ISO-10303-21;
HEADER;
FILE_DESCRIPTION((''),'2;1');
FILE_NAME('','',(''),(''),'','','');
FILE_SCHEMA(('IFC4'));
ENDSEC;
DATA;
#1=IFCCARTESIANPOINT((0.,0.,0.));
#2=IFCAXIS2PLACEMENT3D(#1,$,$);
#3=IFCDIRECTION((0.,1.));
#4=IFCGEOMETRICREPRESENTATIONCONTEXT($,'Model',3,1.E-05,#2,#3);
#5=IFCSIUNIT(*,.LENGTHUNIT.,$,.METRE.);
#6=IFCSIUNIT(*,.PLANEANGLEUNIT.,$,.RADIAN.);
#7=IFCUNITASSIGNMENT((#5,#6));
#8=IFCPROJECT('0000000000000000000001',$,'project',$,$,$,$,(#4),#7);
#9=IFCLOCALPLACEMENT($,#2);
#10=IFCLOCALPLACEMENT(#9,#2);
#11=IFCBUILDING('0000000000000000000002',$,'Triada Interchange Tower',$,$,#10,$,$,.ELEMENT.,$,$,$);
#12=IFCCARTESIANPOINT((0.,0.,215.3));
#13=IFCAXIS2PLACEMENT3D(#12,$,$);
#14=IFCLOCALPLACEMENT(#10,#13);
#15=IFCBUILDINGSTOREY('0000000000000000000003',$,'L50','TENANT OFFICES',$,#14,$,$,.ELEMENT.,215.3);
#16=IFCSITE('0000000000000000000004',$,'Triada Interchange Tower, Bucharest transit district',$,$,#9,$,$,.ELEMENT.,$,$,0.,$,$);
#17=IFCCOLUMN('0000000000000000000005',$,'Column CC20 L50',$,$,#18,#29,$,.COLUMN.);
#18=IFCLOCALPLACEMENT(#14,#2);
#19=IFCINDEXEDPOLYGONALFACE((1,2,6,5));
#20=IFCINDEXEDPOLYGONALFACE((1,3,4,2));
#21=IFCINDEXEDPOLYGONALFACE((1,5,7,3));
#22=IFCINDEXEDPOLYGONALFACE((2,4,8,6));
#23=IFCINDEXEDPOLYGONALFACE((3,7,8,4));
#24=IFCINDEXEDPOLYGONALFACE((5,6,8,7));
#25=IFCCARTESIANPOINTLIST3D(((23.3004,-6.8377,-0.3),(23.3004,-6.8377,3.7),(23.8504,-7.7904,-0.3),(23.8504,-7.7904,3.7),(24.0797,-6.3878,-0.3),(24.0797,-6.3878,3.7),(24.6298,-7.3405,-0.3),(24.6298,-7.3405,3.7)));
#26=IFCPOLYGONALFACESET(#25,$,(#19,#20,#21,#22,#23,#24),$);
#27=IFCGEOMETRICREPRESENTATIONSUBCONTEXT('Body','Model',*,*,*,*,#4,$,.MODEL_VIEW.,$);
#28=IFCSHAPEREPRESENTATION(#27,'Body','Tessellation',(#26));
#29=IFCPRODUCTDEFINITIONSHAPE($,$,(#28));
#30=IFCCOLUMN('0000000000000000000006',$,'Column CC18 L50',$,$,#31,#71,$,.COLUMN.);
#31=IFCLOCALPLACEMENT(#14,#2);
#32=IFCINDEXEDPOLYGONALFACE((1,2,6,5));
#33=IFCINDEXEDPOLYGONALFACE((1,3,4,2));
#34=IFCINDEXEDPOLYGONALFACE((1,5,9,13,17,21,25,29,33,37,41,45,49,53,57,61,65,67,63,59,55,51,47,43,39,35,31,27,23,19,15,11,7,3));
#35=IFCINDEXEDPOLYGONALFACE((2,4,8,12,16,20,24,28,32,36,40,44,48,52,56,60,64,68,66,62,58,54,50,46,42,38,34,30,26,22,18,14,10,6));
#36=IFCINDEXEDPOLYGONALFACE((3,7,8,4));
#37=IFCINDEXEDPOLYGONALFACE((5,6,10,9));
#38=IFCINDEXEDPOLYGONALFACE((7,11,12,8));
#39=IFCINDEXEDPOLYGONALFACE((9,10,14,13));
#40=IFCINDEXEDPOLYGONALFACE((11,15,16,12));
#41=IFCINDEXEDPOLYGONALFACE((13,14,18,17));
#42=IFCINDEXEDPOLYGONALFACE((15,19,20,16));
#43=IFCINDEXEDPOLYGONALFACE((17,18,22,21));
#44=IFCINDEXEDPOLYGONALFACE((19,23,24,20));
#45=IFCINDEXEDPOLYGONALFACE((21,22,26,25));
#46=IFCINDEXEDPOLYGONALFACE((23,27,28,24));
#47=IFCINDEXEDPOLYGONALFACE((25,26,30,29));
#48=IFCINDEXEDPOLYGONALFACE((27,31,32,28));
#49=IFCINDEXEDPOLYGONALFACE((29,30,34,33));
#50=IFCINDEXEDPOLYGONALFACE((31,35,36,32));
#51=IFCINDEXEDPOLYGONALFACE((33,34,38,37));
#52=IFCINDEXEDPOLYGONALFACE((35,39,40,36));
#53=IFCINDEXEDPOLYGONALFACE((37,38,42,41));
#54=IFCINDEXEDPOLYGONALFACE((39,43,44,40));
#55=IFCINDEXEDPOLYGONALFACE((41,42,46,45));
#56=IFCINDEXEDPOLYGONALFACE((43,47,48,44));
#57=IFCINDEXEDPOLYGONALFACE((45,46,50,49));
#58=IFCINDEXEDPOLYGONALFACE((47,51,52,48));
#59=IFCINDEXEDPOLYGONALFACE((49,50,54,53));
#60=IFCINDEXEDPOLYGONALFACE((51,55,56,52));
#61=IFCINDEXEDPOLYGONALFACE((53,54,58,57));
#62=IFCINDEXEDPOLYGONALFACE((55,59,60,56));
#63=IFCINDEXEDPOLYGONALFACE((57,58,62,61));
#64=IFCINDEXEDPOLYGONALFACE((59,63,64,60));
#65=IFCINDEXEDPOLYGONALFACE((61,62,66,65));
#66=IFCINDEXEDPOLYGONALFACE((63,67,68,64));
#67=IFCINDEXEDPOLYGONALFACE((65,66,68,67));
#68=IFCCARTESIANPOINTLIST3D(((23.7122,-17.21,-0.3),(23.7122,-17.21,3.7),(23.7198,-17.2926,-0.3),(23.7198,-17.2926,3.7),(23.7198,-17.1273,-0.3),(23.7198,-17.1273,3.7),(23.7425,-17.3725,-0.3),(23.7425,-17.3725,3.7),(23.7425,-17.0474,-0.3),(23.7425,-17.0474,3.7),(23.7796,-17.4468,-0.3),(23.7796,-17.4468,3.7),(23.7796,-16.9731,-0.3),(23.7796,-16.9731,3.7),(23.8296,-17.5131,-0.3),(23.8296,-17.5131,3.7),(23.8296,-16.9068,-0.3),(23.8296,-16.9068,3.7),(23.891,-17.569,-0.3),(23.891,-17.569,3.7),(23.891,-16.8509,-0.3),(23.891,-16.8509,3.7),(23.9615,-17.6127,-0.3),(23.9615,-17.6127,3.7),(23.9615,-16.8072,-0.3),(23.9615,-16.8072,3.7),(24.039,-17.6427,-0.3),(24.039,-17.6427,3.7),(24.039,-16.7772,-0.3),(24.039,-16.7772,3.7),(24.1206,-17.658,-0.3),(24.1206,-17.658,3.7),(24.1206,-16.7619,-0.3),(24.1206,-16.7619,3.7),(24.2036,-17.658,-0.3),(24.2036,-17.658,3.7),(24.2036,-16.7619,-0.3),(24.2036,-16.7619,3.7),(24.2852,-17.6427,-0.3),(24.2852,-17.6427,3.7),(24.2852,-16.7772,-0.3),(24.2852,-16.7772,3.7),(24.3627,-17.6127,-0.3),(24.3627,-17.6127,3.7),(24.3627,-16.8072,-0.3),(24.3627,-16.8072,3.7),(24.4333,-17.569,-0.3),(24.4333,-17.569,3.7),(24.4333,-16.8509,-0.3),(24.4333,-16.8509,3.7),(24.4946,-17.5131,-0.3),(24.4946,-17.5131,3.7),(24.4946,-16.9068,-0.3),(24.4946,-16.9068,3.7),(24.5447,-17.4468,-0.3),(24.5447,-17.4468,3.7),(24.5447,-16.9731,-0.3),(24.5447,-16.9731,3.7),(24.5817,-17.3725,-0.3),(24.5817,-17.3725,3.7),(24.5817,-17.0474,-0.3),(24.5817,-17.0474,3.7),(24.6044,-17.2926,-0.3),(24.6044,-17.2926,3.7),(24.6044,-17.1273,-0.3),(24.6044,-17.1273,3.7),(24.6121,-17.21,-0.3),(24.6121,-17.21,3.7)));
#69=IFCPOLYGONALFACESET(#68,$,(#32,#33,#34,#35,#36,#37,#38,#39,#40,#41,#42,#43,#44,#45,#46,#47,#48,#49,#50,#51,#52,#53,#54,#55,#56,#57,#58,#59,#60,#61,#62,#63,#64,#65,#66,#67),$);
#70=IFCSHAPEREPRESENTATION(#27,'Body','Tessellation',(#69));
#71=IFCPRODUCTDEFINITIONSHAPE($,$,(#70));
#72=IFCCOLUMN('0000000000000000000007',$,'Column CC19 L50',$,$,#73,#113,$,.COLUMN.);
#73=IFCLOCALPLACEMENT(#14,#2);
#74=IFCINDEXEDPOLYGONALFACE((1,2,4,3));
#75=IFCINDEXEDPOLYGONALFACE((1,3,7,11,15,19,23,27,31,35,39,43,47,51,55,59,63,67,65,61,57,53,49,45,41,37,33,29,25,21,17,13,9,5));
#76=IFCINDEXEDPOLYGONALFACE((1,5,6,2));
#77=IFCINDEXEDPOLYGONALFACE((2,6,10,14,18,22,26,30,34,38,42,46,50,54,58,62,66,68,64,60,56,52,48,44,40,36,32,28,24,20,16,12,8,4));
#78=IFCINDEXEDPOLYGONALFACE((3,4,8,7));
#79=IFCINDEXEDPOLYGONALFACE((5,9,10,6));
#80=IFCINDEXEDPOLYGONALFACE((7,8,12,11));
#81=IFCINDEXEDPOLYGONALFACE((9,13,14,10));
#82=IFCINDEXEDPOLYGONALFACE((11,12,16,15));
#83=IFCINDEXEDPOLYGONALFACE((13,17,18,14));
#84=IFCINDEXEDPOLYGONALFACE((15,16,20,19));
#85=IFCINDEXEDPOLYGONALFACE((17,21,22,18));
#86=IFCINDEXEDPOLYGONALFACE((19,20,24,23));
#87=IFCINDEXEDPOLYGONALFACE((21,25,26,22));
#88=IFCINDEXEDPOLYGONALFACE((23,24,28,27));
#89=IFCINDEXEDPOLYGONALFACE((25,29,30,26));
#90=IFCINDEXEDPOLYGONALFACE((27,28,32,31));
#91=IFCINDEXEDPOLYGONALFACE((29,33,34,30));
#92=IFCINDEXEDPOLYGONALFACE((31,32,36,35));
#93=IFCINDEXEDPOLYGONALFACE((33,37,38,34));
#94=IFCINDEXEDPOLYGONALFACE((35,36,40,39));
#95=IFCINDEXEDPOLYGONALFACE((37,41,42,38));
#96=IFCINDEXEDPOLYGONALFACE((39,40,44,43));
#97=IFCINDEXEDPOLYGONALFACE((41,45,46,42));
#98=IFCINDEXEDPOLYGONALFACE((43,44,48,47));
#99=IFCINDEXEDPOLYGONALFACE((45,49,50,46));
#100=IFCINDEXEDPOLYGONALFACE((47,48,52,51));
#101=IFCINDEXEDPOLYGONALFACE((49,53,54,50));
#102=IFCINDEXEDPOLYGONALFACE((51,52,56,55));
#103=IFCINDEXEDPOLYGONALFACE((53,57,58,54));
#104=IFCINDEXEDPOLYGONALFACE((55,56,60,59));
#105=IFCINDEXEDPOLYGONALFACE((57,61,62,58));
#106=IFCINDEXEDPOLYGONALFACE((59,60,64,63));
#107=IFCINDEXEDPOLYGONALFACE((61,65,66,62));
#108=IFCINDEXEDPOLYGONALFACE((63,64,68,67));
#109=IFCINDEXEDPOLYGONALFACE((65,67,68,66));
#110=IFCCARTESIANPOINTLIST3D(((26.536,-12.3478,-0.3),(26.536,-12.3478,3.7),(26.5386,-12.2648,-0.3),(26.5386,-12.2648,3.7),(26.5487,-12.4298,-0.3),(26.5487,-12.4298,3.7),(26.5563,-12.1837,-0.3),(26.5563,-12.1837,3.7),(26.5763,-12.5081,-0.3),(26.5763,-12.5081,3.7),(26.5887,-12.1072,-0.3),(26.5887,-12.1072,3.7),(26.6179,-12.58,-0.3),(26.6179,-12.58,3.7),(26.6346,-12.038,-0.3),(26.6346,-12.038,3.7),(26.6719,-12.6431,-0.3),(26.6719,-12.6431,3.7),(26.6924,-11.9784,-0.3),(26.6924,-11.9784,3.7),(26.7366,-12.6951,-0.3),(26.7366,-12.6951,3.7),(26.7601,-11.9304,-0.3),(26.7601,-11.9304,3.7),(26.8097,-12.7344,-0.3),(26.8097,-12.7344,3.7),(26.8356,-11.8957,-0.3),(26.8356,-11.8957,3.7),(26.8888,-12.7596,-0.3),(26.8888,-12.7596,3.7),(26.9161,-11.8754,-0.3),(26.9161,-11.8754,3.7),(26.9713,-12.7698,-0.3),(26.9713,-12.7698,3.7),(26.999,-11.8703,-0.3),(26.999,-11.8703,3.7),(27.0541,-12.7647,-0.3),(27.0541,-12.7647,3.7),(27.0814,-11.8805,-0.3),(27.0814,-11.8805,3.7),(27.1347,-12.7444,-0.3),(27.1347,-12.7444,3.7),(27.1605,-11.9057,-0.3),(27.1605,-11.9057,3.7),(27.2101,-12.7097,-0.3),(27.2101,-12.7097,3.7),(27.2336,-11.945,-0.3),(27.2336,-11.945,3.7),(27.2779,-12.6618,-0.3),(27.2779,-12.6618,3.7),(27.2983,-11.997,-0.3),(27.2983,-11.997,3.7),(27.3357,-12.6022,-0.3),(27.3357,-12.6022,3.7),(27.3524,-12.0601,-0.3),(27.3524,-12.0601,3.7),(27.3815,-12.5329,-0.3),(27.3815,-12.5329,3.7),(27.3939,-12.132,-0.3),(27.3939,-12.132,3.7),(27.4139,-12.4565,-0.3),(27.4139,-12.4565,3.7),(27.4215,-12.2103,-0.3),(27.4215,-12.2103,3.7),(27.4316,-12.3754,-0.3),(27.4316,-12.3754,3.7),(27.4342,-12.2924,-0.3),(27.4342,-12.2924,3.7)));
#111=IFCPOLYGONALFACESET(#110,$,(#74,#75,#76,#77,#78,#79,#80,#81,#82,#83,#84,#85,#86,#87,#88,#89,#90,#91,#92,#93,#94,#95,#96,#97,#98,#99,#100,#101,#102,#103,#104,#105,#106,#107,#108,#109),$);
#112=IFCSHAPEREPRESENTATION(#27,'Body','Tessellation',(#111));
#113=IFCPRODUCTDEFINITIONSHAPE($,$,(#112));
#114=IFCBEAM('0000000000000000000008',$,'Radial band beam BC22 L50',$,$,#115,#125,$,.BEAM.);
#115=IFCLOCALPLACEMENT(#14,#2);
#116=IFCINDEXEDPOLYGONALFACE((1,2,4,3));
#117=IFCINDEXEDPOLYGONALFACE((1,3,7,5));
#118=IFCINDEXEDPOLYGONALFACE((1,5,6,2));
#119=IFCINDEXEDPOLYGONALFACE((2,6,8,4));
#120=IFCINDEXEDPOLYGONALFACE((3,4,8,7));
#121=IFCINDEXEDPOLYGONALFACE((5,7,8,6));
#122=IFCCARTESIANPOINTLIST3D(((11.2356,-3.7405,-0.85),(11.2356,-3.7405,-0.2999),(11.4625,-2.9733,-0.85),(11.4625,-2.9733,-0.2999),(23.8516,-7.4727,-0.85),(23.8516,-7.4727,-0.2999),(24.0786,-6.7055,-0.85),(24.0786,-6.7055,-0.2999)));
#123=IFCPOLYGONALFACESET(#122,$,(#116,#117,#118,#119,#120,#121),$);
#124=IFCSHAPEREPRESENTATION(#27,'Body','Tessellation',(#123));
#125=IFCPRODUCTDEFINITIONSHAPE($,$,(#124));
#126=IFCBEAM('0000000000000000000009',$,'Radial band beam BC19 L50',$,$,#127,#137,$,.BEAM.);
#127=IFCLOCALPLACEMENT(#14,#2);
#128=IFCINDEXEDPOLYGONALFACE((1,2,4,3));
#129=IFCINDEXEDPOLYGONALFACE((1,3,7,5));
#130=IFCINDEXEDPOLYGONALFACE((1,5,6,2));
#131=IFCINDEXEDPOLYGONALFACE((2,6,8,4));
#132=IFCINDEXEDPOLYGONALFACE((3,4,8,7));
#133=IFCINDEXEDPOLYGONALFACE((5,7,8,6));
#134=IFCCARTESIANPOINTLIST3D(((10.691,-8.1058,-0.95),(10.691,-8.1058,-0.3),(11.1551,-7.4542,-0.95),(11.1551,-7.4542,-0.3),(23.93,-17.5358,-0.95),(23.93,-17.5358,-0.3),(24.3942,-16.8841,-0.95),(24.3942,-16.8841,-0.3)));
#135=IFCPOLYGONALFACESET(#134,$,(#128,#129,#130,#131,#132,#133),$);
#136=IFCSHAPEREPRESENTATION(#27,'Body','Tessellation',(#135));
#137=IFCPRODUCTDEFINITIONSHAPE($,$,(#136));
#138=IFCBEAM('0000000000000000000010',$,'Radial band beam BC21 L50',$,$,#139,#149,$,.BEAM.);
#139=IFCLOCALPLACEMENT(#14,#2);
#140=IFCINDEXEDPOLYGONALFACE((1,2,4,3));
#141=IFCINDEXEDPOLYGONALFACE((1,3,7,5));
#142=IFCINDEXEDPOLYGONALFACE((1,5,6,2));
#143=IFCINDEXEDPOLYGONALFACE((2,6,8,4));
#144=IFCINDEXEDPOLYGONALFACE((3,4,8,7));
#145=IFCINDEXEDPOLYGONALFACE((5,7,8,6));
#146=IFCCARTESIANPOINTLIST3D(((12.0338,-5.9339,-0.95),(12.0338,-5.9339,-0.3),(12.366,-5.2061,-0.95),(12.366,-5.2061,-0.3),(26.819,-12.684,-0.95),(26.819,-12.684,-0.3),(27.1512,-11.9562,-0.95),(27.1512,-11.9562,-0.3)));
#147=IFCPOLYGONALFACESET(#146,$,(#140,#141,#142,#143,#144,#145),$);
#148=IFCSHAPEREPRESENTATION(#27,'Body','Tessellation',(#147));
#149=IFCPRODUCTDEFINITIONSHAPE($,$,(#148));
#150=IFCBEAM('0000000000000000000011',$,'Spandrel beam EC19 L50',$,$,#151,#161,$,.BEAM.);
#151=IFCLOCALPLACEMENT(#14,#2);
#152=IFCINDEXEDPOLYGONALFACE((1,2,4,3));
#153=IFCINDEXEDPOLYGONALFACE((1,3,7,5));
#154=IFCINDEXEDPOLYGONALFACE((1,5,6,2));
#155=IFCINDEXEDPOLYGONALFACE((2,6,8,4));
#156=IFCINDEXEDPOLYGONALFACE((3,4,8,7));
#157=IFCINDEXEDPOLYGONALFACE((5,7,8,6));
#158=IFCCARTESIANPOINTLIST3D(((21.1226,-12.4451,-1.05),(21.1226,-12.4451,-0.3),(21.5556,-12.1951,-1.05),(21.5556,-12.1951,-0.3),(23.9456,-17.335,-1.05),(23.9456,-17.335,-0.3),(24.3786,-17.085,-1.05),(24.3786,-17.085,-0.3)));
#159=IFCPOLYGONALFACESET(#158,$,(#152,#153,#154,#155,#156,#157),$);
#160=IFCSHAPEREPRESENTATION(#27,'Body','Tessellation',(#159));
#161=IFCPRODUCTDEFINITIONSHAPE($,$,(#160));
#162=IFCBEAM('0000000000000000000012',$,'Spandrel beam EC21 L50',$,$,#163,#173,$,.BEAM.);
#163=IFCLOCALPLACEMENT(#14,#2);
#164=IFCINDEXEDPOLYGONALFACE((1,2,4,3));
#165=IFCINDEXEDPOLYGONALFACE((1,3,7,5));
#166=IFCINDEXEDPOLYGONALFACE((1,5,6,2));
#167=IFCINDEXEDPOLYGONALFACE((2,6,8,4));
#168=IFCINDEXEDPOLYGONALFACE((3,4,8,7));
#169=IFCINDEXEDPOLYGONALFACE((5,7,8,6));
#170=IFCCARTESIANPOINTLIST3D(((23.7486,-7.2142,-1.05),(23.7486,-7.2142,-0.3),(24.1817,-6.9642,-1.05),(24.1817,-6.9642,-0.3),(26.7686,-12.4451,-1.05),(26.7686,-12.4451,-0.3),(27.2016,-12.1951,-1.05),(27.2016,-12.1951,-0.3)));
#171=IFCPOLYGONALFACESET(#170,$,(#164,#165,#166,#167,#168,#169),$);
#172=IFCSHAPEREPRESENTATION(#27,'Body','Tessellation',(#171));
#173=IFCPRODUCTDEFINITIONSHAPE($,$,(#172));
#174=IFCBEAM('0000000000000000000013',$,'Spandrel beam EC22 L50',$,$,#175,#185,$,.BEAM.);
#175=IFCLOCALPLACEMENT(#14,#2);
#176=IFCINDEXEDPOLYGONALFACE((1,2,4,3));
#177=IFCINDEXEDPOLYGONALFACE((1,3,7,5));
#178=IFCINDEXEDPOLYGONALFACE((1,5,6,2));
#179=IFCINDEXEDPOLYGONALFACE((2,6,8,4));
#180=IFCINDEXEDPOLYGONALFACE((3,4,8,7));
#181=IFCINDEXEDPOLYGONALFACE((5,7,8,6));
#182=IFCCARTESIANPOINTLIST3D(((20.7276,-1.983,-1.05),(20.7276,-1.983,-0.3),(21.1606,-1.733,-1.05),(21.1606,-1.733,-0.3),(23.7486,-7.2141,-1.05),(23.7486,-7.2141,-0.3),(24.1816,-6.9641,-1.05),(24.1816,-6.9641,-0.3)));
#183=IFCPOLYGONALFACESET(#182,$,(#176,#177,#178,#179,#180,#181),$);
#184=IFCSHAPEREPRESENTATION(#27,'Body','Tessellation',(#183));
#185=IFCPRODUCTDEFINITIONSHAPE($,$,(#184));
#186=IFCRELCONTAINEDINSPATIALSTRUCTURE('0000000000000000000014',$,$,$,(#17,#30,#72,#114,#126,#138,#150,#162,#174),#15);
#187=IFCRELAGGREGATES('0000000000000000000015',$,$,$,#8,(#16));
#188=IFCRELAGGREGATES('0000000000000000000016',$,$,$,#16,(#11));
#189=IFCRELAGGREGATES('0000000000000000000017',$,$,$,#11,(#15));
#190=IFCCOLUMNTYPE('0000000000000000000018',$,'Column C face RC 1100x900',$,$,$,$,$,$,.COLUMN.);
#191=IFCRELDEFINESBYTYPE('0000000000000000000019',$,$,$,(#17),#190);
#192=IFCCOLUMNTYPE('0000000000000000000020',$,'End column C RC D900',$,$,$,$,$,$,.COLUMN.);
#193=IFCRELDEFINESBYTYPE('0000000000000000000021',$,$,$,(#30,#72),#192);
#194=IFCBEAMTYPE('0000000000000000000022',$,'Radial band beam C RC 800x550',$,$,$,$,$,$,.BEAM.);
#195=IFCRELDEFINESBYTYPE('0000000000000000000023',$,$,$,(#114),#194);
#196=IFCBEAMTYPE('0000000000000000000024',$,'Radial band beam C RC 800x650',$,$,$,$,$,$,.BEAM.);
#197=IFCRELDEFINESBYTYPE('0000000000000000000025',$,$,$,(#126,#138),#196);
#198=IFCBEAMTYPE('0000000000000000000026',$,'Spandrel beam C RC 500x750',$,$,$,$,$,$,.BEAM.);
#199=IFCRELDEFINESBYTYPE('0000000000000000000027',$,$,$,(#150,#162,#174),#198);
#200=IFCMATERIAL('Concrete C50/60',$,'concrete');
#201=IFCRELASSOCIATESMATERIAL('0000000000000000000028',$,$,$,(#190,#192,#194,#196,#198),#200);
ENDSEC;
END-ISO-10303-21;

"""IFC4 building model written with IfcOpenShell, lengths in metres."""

from ifc_helpers import new_model, si_unit, direction, frame, origin, origin_2d, place, context, subcontext, project, spatial, rectangle, circle, extrude, material, material_profile, profile_set, type_object, element, save


model = new_model("IFC4")

# Units and contexts
model_context = context("Model", 3, precision=1e-05, world=origin(), true_north=direction((0.0, 1.0)))
body_context = subcontext(model_context, "Body", "Model", "MODEL_VIEW")
ifc_project = project(units=[si_unit("LENGTHUNIT", "METRE"), si_unit("PLANEANGLEUNIT", "RADIAN")], contexts=[model_context])

# Site, building, storey
site_placement = place(None, origin())
site = spatial("IfcSite", under=ifc_project, at=site_placement, Name="Triada Interchange Tower, Bucharest transit district", CompositionType="ELEMENT", RefElevation=0.0)
building_placement = place(site_placement, origin())
building = spatial("IfcBuilding", under=site, at=building_placement, Name="Triada Interchange Tower", CompositionType="ELEMENT")
storey_placement = place(building_placement, frame((0.0, 0.0, 215.3)))
storey = spatial("IfcBuildingStorey", under=building, at=storey_placement, Name="L50", Description="TENANT OFFICES", CompositionType="ELEMENT", Elevation=215.3)

# Columns
ifc_material_1 = material(Name="Concrete C50/60", Category="concrete")
ifc_material_profile_1 = material_profile(ifc_material_1, rectangle(XDim=1.1001, YDim=0.8999, at=origin_2d()), Name="RC 1100x900")
ifc_profile_set_1 = profile_set([ifc_material_profile_1], Name="Concrete C50/60")
column_type_1 = type_object("IfcColumnType", Name="Column C face RC 1100x900", PredefinedType="COLUMN", material=ifc_profile_set_1)
column_placement = place(storey_placement, frame((23.9651, -7.0891, -0.3), z_axis=(0.0, 0.0, 1.0), x_axis=(-0.5, 0.866025, 0.0)))
element("IfcColumn", 1, at=column_placement, inside=storey, type_object=column_type_1, Name="Column CC20 L50", PredefinedType="COLUMN", context=body_context, shape_type="SweptSolid", body=[
    extrude(rectangle(XDim=1.1001, YDim=0.8999, at=origin_2d()), origin(), (0.0, 0.0, 1.0), 4.0),
])
ifc_material_profile_2 = material_profile(ifc_material_1, circle(Radius=0.45, at=origin_2d()), Name="RC D900")
ifc_profile_set_2 = profile_set([ifc_material_profile_2], Name="Concrete C50/60")
column_type_2 = type_object("IfcColumnType", Name="End column C RC D900", PredefinedType="COLUMN", material=ifc_profile_set_2)
for number, where, z_axis, x_axis, name in (
    (2, (24.1621, -17.21, -0.3), (0.0, 0.0, 1.0), (1.0, 0.0, 0.0), "Column CC18 L50"),
    (3, (26.9851, -12.3201, -0.3), (0.0, 0.0, 1.0), (-0.5, 0.866025, 0.0), "Column CC19 L50"),
):
    element("IfcColumn", number, at=place(storey_placement, frame(where, z_axis=z_axis, x_axis=x_axis)), inside=storey, type_object=column_type_2, Name=name, PredefinedType="COLUMN", context=body_context, shape_type="SweptSolid", body=[
        extrude(circle(Radius=0.45, at=origin_2d()), origin(), (0.0, 0.0, 1.0), 4.0),
    ])

# Beams
ifc_material_profile_3 = material_profile(ifc_material_1, rectangle(XDim=0.8, YDim=0.55, at=origin_2d()), Name="RC 800x550")
ifc_profile_set_3 = profile_set([ifc_material_profile_3], Name="Concrete C50/60")
beam_type_1 = type_object("IfcBeamType", Name="Radial band beam C RC 800x550", PredefinedType="BEAM", material=ifc_profile_set_3)
beam_1_placement = place(storey_placement, frame((23.9651, -7.0891, -0.575), z_axis=(-0.95892, 0.283677, 0.0), x_axis=(-0.283677, -0.95892, 0.0)))
element("IfcBeam", 4, at=beam_1_placement, inside=storey, type_object=beam_type_1, Name="Radial band beam BC22 L50", PredefinedType="BEAM", context=body_context, shape_type="SweptSolid", body=[
    extrude(rectangle(XDim=0.8, YDim=0.55, at=origin_2d()), origin(), (0.0, 0.0, 1.0), 13.1565),
])
ifc_material_profile_4 = material_profile(ifc_material_1, rectangle(XDim=0.8, YDim=0.6499, at=origin_2d()), Name="RC 800x650")
ifc_profile_set_4 = profile_set([ifc_material_profile_4], Name="Concrete C50/60")
beam_type_2 = type_object("IfcBeamType", Name="Radial band beam C RC 800x650", PredefinedType="BEAM", material=ifc_profile_set_4)
beam_2_placement = place(storey_placement, frame((24.1621, -17.21, -0.625), z_axis=(-0.814504, 0.580158, 0.0), x_axis=(-0.580158, -0.814504, 0.0)))
element("IfcBeam", 5, at=beam_2_placement, inside=storey, type_object=beam_type_2, Name="Radial band beam BC19 L50", PredefinedType="BEAM", context=body_context, shape_type="SweptSolid", body=[
    extrude(rectangle(XDim=0.8, YDim=0.6499, at=origin_2d()), origin(), (0.0, 0.0, 1.0), 16.2542),
])
beam_3_placement = place(storey_placement, frame((26.9851, -12.3201, -0.625), z_axis=(-0.909682, 0.415305, 0.0), x_axis=(-0.415305, -0.909682, 0.0)))
element("IfcBeam", 6, at=beam_3_placement, inside=storey, type_object=beam_type_2, Name="Radial band beam BC21 L50", PredefinedType="BEAM", context=body_context, shape_type="SweptSolid", body=[
    extrude(rectangle(XDim=0.8, YDim=0.6499, at=origin_2d()), origin(), (0.0, 0.0, 1.0), 16.2532),
])
ifc_material_profile_5 = material_profile(ifc_material_1, rectangle(XDim=0.5, YDim=0.75, at=origin_2d()), Name="RC 500x750")
ifc_profile_set_5 = profile_set([ifc_material_profile_5], Name="Concrete C50/60")
beam_type_3 = type_object("IfcBeamType", Name="Spandrel beam C RC 500x750", PredefinedType="BEAM", material=ifc_profile_set_5)
beam_4_placement = place(storey_placement, frame((24.1621, -17.21, -0.675), z_axis=(-0.499976, 0.866039, 0.0), x_axis=(-0.866039, -0.499976, 0.0)))
element("IfcBeam", 7, at=beam_4_placement, inside=storey, type_object=beam_type_3, Name="Spandrel beam EC19 L50", PredefinedType="BEAM", context=body_context, shape_type="SweptSolid", body=[
    extrude(rectangle(XDim=0.5, YDim=0.75, at=origin_2d()), origin(), (0.0, 0.0, 1.0), 5.6462),
])
beam_5_placement = place(storey_placement, frame((26.9851, -12.3201, -0.675), z_axis=(-0.499991, 0.866031, 0.0), x_axis=(-0.866031, -0.499991, 0.0)))
element("IfcBeam", 8, at=beam_5_placement, inside=storey, type_object=beam_type_3, Name="Spandrel beam EC21 L50", PredefinedType="BEAM", context=body_context, shape_type="SweptSolid", body=[
    extrude(rectangle(XDim=0.5, YDim=0.75, at=origin_2d()), origin(), (0.0, 0.0, 1.0), 6.04),
])
beam_6_placement = place(storey_placement, frame((23.9651, -7.0891, -0.675), z_axis=(-0.500094, 0.865971, 0.0), x_axis=(-0.865971, -0.500094, 0.0)))
element("IfcBeam", 9, at=beam_6_placement, inside=storey, type_object=beam_type_3, Name="Spandrel beam EC22 L50", PredefinedType="BEAM", context=body_context, shape_type="SweptSolid", body=[
    extrude(rectangle(XDim=0.5, YDim=0.75, at=origin_2d()), origin(), (0.0, 0.0, 1.0), 6.0408),
])

save(model, "model.ifc")
